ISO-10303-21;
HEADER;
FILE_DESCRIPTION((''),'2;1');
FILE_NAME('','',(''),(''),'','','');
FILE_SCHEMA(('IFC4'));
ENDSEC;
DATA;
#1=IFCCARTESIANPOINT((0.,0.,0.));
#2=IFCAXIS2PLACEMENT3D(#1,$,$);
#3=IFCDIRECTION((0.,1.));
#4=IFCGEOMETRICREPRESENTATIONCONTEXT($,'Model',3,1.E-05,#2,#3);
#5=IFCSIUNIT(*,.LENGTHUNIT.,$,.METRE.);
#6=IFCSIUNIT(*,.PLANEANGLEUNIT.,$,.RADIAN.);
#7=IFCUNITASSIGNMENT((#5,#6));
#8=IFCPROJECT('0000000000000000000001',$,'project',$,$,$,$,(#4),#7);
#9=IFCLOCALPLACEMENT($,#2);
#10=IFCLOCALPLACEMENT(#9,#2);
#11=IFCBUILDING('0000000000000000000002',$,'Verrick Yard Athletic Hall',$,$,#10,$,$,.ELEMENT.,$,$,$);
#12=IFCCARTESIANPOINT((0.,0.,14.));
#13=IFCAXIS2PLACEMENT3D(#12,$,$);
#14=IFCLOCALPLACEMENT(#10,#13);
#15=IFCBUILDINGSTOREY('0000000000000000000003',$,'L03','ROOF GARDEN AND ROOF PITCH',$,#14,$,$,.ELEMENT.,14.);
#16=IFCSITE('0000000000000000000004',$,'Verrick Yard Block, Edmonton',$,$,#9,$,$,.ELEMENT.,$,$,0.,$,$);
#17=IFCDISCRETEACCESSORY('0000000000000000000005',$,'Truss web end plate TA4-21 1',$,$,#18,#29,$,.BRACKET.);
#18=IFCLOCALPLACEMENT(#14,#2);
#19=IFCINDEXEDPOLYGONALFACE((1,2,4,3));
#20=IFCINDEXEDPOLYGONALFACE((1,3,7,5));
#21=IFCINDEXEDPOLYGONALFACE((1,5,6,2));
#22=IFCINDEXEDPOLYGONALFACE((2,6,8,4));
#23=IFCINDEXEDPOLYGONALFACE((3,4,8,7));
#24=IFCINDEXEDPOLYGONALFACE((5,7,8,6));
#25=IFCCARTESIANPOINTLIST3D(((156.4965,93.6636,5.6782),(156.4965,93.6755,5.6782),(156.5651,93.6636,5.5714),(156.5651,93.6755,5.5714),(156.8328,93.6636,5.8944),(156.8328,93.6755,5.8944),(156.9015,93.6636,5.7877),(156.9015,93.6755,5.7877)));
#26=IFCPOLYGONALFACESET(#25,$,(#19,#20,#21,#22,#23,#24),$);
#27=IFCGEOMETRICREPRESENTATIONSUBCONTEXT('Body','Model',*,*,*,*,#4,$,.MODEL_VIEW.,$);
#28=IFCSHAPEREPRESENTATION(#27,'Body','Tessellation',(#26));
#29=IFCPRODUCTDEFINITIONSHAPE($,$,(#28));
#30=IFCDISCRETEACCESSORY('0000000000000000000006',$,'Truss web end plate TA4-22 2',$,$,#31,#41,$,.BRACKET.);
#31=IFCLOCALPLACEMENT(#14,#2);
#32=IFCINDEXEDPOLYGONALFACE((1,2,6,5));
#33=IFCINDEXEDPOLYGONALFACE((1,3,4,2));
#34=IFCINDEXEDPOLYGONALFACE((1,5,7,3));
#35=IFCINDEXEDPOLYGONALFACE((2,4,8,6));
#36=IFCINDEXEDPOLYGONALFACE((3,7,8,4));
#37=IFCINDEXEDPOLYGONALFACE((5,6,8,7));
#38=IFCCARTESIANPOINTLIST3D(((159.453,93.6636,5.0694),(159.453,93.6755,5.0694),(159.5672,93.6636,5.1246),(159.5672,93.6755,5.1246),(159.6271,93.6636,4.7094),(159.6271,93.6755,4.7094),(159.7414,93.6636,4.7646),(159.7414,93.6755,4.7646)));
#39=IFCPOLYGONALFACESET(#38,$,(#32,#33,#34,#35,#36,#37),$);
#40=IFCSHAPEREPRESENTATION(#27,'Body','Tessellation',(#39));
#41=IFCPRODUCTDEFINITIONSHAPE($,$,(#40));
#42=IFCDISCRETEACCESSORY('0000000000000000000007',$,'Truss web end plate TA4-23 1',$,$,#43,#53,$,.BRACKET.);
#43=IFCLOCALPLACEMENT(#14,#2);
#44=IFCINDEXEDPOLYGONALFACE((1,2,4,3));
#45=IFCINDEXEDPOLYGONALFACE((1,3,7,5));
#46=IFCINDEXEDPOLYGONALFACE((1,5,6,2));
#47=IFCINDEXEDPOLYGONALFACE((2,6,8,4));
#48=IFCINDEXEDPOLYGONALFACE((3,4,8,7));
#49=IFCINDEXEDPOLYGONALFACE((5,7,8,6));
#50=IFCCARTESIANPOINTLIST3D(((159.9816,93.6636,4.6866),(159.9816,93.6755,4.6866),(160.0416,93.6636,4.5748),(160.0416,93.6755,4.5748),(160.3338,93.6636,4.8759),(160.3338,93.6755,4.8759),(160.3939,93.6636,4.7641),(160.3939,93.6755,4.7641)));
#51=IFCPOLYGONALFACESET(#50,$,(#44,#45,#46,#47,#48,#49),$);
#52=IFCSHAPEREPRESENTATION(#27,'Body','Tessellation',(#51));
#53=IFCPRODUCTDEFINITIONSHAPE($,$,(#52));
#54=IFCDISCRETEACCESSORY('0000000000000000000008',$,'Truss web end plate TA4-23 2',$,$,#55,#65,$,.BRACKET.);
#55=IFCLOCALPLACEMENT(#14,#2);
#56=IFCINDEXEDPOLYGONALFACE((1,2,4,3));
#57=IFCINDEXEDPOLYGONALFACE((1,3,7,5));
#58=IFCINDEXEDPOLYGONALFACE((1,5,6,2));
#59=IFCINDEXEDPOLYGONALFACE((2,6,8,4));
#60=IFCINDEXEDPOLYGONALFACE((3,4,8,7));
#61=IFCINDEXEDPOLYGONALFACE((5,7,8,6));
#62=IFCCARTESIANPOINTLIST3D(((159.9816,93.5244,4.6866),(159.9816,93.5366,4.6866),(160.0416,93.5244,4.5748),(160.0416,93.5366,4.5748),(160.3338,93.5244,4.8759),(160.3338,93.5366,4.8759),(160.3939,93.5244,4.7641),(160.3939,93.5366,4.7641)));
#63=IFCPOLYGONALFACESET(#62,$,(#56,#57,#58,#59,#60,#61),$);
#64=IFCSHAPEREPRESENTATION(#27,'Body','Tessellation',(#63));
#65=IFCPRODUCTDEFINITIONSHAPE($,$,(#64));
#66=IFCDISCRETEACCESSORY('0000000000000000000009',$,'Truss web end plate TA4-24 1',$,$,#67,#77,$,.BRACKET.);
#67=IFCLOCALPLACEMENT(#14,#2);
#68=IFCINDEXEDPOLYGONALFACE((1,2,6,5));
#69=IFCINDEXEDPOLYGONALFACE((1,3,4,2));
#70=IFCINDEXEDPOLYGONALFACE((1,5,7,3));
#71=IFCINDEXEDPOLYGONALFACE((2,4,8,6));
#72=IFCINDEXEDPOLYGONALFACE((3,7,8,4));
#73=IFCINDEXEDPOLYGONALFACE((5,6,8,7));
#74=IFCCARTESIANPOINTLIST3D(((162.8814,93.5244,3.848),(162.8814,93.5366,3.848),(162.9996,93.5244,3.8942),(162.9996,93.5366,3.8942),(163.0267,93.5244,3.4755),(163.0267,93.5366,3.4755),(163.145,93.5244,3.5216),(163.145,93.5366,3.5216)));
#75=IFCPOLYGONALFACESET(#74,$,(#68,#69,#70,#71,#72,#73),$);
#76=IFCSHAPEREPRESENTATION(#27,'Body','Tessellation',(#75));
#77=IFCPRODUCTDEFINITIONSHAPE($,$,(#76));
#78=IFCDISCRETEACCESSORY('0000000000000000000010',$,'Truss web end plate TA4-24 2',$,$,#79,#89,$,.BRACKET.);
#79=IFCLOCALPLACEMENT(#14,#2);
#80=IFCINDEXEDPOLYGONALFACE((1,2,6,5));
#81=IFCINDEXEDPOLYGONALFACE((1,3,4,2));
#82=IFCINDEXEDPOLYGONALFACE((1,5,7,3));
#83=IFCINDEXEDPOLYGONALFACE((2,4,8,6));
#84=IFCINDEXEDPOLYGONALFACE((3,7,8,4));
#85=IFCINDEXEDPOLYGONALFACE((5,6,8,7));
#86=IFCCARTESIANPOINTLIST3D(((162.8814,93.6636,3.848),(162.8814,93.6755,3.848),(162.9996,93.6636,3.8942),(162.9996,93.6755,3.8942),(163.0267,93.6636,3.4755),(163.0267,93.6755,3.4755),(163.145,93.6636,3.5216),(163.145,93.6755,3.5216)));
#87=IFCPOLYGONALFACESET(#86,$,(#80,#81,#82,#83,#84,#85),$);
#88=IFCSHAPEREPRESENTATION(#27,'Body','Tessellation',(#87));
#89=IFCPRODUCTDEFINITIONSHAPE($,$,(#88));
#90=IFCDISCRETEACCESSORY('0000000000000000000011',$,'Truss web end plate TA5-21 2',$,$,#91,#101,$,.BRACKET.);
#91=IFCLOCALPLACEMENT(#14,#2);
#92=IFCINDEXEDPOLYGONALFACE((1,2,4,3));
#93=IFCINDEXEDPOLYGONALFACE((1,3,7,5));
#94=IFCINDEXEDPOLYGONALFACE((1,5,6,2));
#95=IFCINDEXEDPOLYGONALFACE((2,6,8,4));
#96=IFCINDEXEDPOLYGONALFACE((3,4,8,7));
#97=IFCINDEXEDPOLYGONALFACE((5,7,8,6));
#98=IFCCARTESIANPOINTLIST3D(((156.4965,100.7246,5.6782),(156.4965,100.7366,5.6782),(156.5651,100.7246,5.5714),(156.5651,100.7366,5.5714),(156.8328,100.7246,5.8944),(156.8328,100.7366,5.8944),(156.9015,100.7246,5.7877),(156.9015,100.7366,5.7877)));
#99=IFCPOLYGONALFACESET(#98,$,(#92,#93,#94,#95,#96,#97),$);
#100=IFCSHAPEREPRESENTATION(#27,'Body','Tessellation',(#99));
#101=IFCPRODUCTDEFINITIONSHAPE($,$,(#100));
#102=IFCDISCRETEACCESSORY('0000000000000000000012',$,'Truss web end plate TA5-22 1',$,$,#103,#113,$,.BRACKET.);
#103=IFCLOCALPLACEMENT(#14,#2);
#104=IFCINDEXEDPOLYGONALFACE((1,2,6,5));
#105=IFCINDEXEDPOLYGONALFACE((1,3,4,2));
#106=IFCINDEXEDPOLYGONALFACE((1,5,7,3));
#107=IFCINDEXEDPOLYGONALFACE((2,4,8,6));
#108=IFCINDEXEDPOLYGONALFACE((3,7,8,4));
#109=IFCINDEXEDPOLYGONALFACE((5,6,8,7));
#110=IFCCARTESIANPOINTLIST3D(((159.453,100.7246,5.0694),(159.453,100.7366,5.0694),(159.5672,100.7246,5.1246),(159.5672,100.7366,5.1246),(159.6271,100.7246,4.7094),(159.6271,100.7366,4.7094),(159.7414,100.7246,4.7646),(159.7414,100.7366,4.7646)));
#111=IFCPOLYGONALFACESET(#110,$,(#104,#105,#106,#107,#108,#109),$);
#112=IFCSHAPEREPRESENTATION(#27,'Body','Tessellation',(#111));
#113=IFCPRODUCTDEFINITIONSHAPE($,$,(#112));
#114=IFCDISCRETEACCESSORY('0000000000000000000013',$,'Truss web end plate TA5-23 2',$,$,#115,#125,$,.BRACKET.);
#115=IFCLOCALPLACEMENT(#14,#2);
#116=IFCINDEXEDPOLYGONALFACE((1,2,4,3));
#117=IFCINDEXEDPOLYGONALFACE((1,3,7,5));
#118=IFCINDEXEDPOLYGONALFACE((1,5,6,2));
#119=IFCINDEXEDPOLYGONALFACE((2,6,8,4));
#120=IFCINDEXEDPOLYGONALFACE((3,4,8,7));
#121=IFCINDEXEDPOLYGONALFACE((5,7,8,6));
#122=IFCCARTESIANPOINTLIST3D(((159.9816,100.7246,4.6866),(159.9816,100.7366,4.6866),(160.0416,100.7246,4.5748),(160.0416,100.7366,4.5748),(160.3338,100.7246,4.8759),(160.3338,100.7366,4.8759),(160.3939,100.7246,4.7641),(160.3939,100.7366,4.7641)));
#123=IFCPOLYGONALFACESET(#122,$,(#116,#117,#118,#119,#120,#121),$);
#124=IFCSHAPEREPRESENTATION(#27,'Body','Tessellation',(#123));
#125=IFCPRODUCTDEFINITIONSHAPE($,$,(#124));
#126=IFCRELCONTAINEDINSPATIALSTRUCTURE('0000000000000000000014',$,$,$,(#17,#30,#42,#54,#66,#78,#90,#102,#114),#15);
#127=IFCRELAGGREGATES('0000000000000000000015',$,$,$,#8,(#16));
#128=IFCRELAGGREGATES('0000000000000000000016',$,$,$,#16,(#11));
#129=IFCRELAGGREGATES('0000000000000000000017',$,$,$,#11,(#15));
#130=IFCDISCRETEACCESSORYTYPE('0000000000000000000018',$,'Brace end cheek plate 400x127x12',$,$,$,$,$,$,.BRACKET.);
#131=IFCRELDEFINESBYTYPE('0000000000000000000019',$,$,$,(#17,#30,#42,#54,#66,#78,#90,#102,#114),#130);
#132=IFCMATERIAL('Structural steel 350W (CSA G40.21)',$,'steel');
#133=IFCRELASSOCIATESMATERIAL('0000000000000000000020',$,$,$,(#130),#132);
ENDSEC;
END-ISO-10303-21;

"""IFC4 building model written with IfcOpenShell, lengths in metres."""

from ifc_helpers import new_model, si_unit, direction, frame, origin, origin_2d, place, context, subcontext, project, spatial, rectangle, extrude, material, material_profile, profile_set, type_object, element, save


model = new_model("IFC4")

# Units and contexts
model_context = context("Model", 3, precision=1e-05, world=origin(), true_north=direction((0.0, 1.0)))
body_context = subcontext(model_context, "Body", "Model", "MODEL_VIEW")
ifc_project = project(units=[si_unit("LENGTHUNIT", "METRE"), si_unit("PLANEANGLEUNIT", "RADIAN")], contexts=[model_context])

# Site, building, storey
site_placement = place(None, origin())
site = spatial("IfcSite", under=ifc_project, at=site_placement, Name="Verrick Yard Block, Edmonton", CompositionType="ELEMENT", RefElevation=0.0)
building_placement = place(site_placement, origin())
building = spatial("IfcBuilding", under=site, at=building_placement, Name="Verrick Yard Athletic Hall", CompositionType="ELEMENT")
storey_placement = place(building_placement, frame((0.0, 0.0, 14.0)))
storey = spatial("IfcBuildingStorey", under=building, at=storey_placement, Name="L03", Description="ROOF GARDEN AND ROOF PITCH", CompositionType="ELEMENT", Elevation=14.0)

# Discrete accessories
ifc_material_1 = material(Name="Structural steel 350W (CSA G40.21)", Category="steel")
ifc_material_profile_1 = material_profile(ifc_material_1, rectangle(XDim=0.3999, YDim=0.127, at=origin_2d()), Name="Brace end cheek plate")
ifc_profile_set_1 = profile_set([ifc_material_profile_1], Name="Structural steel 350W (CSA G40.21)")
discrete_accessory_type = type_object("IfcDiscreteAccessoryType", Name="Brace end cheek plate 400x127x12", PredefinedType="BRACKET", material=ifc_profile_set_1)
for number, where, z_axis, x_axis, name in (
    (1, (156.699, 93.6636, 5.7329), (0.0, 1.0, 0.0), (0.841141, 0.0, 0.540816), "Truss web end plate TA4-21 1"),
    (2, (159.5972, 93.6636, 4.917), (0.0, 1.0, 0.0), (-0.435417, 0.0, 0.900229), "Truss web end plate TA4-22 2"),
    (3, (160.1877, 93.6636, 4.7253), (0.0, 1.0, 0.0), (0.88092, 0.0, 0.473265), "Truss web end plate TA4-23 1"),
):
    element("IfcDiscreteAccessory", number, at=place(storey_placement, frame(where, z_axis=z_axis, x_axis=x_axis)), inside=storey, type_object=discrete_accessory_type, Name=name, PredefinedType="BRACKET", context=body_context, shape_type="SweptSolid", body=[
        extrude(rectangle(XDim=0.3999, YDim=0.127, at=origin_2d()), origin(), (0.0, 0.0, 1.0), 0.012),
    ])
for number, where, z_axis, x_axis, name in (
    (4, (160.1877, 93.5366, 4.7253), (0.0, -1.0, 0.0), (0.88092, 0.0, 0.473265), "Truss web end plate TA4-23 2"),
    (5, (163.0132, 93.5366, 3.6848), (0.0, -1.0, 0.0), (-0.363563, 0.0, 0.93157), "Truss web end plate TA4-24 1"),
):
    element("IfcDiscreteAccessory", number, at=place(storey_placement, frame(where, z_axis=z_axis, x_axis=x_axis)), inside=storey, type_object=discrete_accessory_type, Name=name, PredefinedType="BRACKET", context=body_context, shape_type="SweptSolid", body=[
        extrude(rectangle(XDim=0.3999, YDim=0.127, at=origin_2d()), origin(), (0.0, 0.0, 1.0), 0.0122),
    ])
for number, where, z_axis, x_axis, name in (
    (6, (163.0132, 93.6636, 3.6848), (0.0, 1.0, 0.0), (-0.363563, 0.0, 0.93157), "Truss web end plate TA4-24 2"),
    (7, (156.699, 100.7366, 5.7329), (0.0, -1.0, 0.0), (0.841141, 0.0, 0.540816), "Truss web end plate TA5-21 2"),
    (8, (159.5972, 100.7366, 4.917), (0.0, -1.0, 0.0), (-0.435417, 0.0, 0.900229), "Truss web end plate TA5-22 1"),
    (9, (160.1877, 100.7366, 4.7253), (0.0, -1.0, 0.0), (0.88092, 0.0, 0.473265), "Truss web end plate TA5-23 2"),
):
    element("IfcDiscreteAccessory", number, at=place(storey_placement, frame(where, z_axis=z_axis, x_axis=x_axis)), inside=storey, type_object=discrete_accessory_type, Name=name, PredefinedType="BRACKET", context=body_context, shape_type="SweptSolid", body=[
        extrude(rectangle(XDim=0.3999, YDim=0.127, at=origin_2d()), origin(), (0.0, 0.0, 1.0), 0.012),
    ])

save(model, "model.ifc")
